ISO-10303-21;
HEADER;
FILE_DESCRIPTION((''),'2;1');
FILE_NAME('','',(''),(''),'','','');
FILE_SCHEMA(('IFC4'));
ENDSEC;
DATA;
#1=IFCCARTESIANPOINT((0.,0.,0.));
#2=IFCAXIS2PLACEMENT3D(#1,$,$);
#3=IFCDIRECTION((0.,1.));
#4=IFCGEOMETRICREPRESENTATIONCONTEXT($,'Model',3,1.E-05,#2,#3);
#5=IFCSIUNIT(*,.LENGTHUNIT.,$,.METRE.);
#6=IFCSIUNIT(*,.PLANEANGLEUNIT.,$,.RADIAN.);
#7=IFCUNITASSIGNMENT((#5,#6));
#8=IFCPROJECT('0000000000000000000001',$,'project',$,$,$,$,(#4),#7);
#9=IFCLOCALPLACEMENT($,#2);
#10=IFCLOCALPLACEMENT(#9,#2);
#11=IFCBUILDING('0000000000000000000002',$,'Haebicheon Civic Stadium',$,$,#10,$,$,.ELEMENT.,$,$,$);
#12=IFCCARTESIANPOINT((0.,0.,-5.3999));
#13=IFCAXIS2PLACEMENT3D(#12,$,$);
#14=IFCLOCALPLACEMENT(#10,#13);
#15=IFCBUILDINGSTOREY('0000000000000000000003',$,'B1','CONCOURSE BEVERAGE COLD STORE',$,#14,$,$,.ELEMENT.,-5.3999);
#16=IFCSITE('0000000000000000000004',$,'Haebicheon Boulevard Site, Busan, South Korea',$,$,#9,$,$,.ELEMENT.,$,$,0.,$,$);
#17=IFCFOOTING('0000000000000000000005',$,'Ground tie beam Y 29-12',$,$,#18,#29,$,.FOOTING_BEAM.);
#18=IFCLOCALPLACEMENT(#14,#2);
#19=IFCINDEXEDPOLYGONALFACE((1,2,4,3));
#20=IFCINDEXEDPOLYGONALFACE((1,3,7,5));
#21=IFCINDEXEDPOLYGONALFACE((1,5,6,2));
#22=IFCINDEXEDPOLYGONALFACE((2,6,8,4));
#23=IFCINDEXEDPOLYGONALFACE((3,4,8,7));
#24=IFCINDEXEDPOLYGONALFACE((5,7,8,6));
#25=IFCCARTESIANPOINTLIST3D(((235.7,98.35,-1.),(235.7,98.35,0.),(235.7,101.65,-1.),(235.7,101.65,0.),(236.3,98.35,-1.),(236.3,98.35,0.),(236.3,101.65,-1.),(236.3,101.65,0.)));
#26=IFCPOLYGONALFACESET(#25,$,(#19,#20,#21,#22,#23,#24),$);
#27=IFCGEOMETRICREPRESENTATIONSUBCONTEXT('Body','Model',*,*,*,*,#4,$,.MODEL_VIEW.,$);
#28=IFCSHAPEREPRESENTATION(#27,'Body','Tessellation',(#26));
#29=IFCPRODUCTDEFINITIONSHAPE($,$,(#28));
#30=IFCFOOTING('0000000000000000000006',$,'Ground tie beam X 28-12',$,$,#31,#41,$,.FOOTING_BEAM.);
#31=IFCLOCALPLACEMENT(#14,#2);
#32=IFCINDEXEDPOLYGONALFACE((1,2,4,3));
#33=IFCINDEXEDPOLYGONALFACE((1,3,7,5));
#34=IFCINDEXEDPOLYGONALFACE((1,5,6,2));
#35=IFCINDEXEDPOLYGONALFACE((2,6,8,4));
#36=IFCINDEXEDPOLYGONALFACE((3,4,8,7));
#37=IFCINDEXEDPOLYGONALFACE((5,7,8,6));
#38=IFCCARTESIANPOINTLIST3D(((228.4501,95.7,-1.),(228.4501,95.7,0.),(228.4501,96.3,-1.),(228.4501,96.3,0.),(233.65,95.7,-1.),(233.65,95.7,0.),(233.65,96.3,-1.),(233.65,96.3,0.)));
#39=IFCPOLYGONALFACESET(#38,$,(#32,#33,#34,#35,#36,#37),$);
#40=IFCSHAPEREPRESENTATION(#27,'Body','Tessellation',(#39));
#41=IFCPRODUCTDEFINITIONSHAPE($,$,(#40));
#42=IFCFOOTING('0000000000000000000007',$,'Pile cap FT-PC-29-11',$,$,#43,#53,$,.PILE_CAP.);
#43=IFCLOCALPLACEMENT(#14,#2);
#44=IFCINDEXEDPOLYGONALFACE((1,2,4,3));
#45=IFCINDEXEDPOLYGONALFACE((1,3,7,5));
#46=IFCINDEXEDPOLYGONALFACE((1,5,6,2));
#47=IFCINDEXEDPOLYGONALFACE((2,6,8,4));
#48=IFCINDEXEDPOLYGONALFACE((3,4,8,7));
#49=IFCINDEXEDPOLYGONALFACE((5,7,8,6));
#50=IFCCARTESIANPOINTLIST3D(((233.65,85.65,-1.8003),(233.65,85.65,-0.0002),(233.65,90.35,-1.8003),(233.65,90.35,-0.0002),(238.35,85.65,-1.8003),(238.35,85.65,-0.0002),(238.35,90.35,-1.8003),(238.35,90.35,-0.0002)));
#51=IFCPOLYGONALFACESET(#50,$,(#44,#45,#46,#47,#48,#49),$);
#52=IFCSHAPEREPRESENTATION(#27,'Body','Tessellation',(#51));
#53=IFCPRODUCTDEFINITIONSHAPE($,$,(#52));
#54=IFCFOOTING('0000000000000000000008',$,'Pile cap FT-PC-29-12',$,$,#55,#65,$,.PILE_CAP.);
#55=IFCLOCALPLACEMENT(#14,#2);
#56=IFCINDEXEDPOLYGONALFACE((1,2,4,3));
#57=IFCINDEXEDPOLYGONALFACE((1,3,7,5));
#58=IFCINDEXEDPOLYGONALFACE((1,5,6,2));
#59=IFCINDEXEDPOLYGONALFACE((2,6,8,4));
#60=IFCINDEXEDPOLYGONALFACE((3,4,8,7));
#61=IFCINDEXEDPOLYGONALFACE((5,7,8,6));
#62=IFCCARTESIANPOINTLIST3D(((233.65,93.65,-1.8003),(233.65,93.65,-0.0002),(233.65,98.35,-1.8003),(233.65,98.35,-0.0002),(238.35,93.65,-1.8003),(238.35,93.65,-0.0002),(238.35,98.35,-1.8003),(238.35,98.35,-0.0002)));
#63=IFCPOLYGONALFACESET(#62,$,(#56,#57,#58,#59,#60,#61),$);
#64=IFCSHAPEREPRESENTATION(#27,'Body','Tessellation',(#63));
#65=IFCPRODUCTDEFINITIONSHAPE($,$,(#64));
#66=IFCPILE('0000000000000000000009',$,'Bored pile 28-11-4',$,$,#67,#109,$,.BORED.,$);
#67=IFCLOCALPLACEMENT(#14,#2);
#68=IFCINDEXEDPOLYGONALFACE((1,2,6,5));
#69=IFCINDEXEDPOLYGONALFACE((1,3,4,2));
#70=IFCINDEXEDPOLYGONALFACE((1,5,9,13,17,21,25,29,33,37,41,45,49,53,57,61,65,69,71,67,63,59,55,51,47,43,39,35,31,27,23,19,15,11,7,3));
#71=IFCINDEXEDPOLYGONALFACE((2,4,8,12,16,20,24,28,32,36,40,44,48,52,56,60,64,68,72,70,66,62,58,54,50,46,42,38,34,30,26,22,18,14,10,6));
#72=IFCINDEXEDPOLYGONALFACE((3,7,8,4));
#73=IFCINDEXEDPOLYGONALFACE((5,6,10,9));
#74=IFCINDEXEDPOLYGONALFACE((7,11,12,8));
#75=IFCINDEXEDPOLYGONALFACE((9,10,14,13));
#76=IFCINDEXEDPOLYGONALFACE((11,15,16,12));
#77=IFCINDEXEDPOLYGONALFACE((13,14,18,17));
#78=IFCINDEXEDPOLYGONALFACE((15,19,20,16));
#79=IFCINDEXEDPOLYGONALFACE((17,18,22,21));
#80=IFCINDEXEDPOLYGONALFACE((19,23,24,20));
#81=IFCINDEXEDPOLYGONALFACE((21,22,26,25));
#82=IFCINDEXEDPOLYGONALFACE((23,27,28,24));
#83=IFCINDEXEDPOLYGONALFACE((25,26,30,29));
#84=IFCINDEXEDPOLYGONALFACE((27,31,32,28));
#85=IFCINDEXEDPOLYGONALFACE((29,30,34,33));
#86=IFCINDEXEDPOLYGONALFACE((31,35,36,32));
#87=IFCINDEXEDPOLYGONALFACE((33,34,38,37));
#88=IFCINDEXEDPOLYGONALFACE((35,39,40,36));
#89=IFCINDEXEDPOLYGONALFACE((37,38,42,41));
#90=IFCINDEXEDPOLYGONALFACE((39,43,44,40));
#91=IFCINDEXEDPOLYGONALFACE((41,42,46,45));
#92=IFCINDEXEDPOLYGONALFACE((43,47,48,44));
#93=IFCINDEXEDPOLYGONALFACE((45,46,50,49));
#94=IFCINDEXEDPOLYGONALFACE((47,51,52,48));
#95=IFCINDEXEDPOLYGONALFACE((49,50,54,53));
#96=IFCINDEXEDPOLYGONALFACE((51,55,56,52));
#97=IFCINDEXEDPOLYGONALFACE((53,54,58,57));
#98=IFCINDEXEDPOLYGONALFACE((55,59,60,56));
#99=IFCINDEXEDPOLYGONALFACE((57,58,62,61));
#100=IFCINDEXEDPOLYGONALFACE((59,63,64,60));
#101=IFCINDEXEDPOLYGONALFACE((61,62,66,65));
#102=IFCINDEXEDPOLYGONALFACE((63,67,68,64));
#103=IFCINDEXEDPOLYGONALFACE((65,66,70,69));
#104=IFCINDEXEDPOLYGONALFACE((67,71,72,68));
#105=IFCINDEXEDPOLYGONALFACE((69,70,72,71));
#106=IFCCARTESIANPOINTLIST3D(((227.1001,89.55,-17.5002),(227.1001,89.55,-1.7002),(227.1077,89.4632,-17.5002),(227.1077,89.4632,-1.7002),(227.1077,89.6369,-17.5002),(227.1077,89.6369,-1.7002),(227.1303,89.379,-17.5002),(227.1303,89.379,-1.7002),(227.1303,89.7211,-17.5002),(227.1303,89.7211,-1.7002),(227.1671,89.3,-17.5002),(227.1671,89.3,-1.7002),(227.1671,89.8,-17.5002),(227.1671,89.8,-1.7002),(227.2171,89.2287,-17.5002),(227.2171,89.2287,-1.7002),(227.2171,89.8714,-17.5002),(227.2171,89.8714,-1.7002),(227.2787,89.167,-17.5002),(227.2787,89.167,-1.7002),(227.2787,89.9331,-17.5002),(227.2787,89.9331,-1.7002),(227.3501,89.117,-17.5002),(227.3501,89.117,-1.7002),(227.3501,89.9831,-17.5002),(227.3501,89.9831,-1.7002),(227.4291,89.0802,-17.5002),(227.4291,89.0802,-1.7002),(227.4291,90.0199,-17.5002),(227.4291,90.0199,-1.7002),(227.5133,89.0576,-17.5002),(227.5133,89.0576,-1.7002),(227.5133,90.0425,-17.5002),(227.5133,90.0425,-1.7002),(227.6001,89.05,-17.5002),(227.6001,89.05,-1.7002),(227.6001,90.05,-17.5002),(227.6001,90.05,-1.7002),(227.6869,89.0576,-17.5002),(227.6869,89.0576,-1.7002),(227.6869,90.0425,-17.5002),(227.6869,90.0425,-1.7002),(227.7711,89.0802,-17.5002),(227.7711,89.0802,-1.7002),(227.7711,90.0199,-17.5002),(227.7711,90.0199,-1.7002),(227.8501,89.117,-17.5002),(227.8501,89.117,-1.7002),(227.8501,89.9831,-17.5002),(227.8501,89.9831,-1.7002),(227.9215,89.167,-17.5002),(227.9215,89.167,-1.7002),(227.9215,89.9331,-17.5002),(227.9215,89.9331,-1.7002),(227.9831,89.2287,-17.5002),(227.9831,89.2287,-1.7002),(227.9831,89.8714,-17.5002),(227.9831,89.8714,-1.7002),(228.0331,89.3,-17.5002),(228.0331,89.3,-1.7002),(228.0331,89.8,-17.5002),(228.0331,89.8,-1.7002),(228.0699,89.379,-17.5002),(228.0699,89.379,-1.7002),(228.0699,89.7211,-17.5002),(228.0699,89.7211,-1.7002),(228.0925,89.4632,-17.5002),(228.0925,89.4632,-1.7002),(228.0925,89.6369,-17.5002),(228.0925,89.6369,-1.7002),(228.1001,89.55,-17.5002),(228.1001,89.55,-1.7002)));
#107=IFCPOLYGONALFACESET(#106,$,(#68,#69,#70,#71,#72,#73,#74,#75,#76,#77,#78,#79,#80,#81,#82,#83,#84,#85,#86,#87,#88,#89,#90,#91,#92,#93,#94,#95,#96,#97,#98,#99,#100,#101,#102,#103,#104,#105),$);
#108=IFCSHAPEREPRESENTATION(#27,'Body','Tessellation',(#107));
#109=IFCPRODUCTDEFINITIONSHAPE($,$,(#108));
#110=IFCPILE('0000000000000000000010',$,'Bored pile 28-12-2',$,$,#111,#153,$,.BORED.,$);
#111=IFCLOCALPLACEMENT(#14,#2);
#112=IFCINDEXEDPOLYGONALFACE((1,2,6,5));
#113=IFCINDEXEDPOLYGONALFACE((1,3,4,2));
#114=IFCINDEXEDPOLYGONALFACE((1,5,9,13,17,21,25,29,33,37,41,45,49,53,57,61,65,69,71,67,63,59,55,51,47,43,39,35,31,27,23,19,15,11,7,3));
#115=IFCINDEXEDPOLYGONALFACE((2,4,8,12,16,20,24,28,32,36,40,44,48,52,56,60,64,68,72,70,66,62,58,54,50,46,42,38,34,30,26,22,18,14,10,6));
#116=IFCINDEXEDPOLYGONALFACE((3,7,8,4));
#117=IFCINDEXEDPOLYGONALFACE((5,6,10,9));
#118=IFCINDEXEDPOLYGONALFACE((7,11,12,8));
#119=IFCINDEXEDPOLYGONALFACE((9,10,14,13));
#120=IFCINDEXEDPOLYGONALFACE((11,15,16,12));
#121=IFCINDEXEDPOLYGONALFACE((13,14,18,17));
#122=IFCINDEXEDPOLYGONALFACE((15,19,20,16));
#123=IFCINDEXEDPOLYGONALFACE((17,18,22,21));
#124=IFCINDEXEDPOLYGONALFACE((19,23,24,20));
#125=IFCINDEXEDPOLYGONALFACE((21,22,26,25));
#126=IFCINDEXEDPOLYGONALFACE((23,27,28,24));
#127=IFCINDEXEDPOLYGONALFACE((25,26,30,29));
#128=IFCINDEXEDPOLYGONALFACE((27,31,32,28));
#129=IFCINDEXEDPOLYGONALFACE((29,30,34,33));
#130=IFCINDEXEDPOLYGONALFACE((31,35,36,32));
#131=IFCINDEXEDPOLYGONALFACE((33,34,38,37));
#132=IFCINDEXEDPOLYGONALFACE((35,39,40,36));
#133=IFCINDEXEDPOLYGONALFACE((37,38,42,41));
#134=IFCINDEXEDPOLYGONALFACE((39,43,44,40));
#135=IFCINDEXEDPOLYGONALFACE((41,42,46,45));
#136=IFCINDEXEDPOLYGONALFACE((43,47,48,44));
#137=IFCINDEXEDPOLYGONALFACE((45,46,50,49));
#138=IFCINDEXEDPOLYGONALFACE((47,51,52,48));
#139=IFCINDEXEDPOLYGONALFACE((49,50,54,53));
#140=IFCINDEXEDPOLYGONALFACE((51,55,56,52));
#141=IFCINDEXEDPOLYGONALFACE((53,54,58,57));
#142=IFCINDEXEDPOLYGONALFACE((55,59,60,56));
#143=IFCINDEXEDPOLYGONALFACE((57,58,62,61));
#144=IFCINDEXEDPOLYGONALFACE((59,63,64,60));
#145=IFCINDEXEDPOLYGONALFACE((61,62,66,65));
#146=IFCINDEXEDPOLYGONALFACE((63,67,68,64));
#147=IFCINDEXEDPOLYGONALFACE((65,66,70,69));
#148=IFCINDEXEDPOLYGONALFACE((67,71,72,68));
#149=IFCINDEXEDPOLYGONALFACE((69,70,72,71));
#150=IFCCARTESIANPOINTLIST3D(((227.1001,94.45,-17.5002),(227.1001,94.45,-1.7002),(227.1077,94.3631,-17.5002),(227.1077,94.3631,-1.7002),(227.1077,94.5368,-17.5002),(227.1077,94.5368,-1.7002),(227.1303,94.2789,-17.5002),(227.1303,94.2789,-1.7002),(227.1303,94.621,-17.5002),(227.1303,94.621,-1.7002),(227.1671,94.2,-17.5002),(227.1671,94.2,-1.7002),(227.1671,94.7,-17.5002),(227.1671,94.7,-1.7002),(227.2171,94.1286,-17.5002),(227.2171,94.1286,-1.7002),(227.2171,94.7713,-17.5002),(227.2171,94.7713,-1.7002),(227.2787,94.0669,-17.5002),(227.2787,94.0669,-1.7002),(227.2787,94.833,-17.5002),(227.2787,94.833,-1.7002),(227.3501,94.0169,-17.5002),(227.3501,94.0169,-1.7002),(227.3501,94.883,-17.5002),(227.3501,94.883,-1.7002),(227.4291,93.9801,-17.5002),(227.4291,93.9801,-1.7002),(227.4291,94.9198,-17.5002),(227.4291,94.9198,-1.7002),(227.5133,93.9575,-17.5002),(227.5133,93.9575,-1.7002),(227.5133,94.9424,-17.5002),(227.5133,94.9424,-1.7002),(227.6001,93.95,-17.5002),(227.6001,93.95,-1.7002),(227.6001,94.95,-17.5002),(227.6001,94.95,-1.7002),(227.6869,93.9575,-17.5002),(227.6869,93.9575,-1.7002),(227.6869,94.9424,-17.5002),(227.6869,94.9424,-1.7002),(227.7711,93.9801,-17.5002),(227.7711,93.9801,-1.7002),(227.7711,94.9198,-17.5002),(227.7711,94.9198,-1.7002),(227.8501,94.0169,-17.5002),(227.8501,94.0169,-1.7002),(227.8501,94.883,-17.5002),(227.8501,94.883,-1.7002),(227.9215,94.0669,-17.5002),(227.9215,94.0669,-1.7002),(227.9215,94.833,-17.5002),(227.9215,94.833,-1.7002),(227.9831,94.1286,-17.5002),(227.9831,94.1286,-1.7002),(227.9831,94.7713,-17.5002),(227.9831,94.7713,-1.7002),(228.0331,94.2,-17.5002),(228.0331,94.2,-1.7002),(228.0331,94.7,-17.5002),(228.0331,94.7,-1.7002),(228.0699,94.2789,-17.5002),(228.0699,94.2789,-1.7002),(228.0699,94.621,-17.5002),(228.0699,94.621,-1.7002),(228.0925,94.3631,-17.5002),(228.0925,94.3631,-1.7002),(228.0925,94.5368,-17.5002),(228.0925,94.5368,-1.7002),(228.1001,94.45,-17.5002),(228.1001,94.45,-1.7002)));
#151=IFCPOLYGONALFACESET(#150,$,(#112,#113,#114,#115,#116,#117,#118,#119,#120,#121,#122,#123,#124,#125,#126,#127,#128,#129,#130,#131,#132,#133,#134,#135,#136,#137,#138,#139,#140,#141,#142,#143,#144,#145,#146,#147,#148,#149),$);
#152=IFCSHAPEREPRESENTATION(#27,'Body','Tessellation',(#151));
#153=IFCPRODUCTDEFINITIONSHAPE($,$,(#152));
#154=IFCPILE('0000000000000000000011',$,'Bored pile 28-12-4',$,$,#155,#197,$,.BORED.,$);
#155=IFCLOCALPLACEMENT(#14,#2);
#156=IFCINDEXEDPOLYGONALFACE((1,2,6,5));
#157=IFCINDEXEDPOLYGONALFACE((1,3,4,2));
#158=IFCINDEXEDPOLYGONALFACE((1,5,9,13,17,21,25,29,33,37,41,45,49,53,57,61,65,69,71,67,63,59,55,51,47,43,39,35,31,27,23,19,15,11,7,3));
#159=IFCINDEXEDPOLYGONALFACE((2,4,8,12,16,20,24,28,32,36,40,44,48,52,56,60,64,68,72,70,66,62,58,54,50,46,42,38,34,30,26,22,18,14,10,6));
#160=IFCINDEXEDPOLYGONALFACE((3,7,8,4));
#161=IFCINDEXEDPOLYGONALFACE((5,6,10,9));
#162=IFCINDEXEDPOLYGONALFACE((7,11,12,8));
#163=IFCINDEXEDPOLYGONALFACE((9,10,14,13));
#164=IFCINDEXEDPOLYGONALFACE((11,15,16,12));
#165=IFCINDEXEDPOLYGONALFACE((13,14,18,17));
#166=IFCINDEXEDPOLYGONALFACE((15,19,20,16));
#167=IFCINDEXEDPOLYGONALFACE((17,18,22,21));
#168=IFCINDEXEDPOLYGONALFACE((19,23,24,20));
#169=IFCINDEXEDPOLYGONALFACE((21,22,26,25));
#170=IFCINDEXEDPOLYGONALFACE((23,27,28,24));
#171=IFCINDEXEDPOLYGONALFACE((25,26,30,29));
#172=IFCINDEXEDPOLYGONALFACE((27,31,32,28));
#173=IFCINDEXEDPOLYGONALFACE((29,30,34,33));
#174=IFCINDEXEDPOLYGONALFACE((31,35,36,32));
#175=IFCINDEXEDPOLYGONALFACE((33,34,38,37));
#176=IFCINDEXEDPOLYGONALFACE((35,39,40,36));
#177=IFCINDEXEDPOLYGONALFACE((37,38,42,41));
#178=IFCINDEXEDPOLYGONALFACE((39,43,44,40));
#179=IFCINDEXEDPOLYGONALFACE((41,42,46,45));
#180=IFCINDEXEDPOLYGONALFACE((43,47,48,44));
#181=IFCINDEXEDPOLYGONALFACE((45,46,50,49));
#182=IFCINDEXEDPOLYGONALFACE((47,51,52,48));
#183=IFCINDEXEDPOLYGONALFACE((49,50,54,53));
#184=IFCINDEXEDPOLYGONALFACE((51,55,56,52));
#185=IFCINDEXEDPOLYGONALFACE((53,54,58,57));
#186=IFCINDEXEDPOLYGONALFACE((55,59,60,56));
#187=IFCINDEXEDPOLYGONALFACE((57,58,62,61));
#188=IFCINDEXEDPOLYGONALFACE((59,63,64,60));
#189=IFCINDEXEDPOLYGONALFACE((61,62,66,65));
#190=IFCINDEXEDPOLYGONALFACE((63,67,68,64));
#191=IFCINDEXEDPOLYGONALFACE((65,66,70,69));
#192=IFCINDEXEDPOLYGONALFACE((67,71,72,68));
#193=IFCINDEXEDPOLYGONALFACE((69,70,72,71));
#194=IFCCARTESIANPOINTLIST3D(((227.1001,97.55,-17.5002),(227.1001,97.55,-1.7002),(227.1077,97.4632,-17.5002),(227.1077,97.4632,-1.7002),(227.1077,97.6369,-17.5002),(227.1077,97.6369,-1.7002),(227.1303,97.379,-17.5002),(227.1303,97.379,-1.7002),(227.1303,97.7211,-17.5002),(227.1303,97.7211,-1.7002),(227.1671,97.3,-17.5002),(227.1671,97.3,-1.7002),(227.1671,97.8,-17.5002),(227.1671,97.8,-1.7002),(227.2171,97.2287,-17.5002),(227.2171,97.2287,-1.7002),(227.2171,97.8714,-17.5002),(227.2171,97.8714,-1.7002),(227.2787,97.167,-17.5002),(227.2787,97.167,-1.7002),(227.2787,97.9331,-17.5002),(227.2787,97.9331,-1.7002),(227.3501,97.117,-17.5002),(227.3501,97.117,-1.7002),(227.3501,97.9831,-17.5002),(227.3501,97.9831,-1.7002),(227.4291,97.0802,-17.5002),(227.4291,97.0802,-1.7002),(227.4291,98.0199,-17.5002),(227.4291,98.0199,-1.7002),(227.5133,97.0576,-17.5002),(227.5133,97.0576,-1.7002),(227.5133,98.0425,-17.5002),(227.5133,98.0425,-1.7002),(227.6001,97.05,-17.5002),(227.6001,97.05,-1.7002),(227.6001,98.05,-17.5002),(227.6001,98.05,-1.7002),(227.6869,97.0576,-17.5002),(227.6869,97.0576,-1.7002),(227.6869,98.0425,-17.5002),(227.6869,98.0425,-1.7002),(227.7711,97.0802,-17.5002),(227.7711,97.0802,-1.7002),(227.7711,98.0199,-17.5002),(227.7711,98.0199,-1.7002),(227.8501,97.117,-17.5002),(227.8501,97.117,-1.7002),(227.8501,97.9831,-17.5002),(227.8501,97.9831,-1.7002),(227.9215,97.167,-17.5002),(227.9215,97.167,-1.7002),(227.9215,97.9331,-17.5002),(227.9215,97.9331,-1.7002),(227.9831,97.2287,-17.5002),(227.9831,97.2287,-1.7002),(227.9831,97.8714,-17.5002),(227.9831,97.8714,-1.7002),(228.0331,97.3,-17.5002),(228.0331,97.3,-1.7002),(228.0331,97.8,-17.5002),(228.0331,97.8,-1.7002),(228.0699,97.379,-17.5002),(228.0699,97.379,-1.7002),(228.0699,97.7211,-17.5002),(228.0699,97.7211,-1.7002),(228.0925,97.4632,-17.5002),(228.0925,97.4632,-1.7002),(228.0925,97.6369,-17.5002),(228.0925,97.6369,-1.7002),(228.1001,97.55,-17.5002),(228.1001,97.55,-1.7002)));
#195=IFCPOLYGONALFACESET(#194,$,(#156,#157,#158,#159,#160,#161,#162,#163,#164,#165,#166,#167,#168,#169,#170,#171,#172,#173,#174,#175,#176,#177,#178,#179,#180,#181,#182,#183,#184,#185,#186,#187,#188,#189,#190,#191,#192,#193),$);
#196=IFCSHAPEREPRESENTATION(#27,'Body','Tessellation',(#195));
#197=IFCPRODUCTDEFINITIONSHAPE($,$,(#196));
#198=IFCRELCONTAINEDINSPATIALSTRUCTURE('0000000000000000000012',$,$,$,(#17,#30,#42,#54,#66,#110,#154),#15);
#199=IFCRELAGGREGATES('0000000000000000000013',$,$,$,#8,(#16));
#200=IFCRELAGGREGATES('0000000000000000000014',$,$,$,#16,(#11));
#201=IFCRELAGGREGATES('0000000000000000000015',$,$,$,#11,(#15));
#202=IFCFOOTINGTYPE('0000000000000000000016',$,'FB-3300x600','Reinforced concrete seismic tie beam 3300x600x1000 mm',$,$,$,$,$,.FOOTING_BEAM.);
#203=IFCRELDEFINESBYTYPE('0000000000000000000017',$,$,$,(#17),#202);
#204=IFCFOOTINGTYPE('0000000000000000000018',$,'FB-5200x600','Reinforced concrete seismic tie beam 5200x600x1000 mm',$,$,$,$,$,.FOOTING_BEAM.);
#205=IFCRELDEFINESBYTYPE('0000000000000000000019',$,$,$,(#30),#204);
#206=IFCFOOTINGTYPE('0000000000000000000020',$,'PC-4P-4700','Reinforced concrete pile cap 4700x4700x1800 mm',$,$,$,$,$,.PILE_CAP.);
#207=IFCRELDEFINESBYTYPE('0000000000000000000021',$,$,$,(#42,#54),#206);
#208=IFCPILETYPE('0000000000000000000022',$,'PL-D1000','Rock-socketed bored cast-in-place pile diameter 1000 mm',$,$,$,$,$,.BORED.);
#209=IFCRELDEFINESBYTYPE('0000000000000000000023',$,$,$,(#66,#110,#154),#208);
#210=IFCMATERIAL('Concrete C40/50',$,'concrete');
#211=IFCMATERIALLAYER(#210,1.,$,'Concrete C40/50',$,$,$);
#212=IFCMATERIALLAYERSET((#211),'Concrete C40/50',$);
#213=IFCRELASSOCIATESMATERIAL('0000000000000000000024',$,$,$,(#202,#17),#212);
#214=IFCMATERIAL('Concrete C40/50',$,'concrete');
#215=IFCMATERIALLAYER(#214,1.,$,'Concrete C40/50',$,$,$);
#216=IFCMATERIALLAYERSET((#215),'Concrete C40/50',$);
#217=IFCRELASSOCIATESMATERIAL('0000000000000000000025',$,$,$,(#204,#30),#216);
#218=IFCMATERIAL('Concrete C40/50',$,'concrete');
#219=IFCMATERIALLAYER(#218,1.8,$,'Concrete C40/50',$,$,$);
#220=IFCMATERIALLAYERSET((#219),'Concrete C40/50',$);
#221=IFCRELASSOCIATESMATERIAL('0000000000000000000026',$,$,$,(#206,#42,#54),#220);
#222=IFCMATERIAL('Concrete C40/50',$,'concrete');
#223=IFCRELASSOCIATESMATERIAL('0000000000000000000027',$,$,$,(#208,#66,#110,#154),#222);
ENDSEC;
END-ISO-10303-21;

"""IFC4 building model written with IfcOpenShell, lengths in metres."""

from ifc_helpers import new_model, si_unit, direction, frame, origin, origin_2d, place, context, subcontext, project, spatial, rectangle, circle, extrude, material, layer, layer_set, material_profile, profile_set, type_object, element, save


model = new_model("IFC4")

# Units and contexts
model_context = context("Model", 3, precision=1e-05, world=origin(), true_north=direction((0.0, 1.0)))
body_context = subcontext(model_context, "Body", "Model", "MODEL_VIEW")
ifc_project = project(units=[si_unit("LENGTHUNIT", "METRE"), si_unit("PLANEANGLEUNIT", "RADIAN")], contexts=[model_context])

# Site, building, storey
site_placement = place(None, origin())
site = spatial("IfcSite", under=ifc_project, at=site_placement, Name="Haebicheon Boulevard Site, Busan, South Korea", CompositionType="ELEMENT", RefElevation=0.0)
building_placement = place(site_placement, origin())
building = spatial("IfcBuilding", under=site, at=building_placement, Name="Haebicheon Civic Stadium", CompositionType="ELEMENT")
storey_placement = place(building_placement, frame((0.0, 0.0, -5.3999)))
storey = spatial("IfcBuildingStorey", under=building, at=storey_placement, Name="B1", Description="CONCOURSE BEVERAGE COLD STORE", CompositionType="ELEMENT", Elevation=-5.3999)

# Footings
ifc_material_1 = material(Name="Concrete C40/50", Category="concrete")
ifc_layer_1 = layer(ifc_material_1, 1.0, Name="Concrete C40/50")
ifc_layer_set_1 = layer_set([ifc_layer_1], Name="Concrete C40/50")
footing_type_1 = type_object("IfcFootingType", Name="FB-3300x600", Description="Reinforced concrete seismic tie beam 3300x600x1000 mm", PredefinedType="FOOTING_BEAM", material=ifc_layer_set_1)
footing_1_placement = place(storey_placement, frame((236.0, 100.0, -1.0), z_axis=(0.0, 0.0, 1.0), x_axis=(0.0, 1.0, 0.0)))
element("IfcFooting", 1, at=footing_1_placement, inside=storey, type_object=footing_type_1, material=ifc_layer_set_1, Name="Ground tie beam Y 29-12", PredefinedType="FOOTING_BEAM", context=body_context, shape_type="SweptSolid", body=[
    extrude(rectangle(XDim=3.3, YDim=0.6001, at=origin_2d()), origin(), (0.0, 0.0, 1.0), 1.0),
])
ifc_material_2 = material(Name="Concrete C40/50", Category="concrete")
ifc_layer_2 = layer(ifc_material_2, 1.0, Name="Concrete C40/50")
ifc_layer_set_2 = layer_set([ifc_layer_2], Name="Concrete C40/50")
footing_type_2 = type_object("IfcFootingType", Name="FB-5200x600", Description="Reinforced concrete seismic tie beam 5200x600x1000 mm", PredefinedType="FOOTING_BEAM", material=ifc_layer_set_2)
footing_2_placement = place(storey_placement, frame((231.05, 96.0, -1.0), z_axis=(0.0, 0.0, 1.0), x_axis=(1.0, 0.0, 0.0)))
element("IfcFooting", 2, at=footing_2_placement, inside=storey, type_object=footing_type_2, material=ifc_layer_set_2, Name="Ground tie beam X 28-12", PredefinedType="FOOTING_BEAM", context=body_context, shape_type="SweptSolid", body=[
    extrude(rectangle(XDim=5.2, YDim=0.6001, at=origin_2d()), origin(), (0.0, 0.0, 1.0), 1.0),
])
ifc_material_3 = material(Name="Concrete C40/50", Category="concrete")
ifc_layer_3 = layer(ifc_material_3, 1.8, Name="Concrete C40/50")
ifc_layer_set_3 = layer_set([ifc_layer_3], Name="Concrete C40/50")
footing_type_3 = type_object("IfcFootingType", Name="PC-4P-4700", Description="Reinforced concrete pile cap 4700x4700x1800 mm", PredefinedType="PILE_CAP", material=ifc_layer_set_3)
for number, where, z_axis, x_axis, name in (
    (3, (236.0, 88.0, -1.8003), (0.0, 0.0, 1.0), (1.0, 0.0, 0.0), "Pile cap FT-PC-29-11"),
    (4, (236.0, 96.0, -1.8003), (0.0, 0.0, 1.0), (1.0, 0.0, 0.0), "Pile cap FT-PC-29-12"),
):
    element("IfcFooting", number, at=place(storey_placement, frame(where, z_axis=z_axis, x_axis=x_axis)), inside=storey, type_object=footing_type_3, material=ifc_layer_set_3, Name=name, PredefinedType="PILE_CAP", context=body_context, shape_type="SweptSolid", body=[
        extrude(rectangle(XDim=4.7, YDim=4.7, at=origin_2d()), origin(), (0.0, 0.0, 1.0), 1.8),
    ])

# Piles
ifc_material_4 = material(Name="Concrete C40/50", Category="concrete")
ifc_material_profile_1 = material_profile(ifc_material_4, circle(Radius=0.5, at=origin_2d()), Name="PILE-D1000")
ifc_profile_set_1 = profile_set([ifc_material_profile_1], Name="Concrete C40/50")
pile_type = type_object("IfcPileType", Name="PL-D1000", Description="Rock-socketed bored cast-in-place pile diameter 1000 mm", PredefinedType="BORED", material=ifc_profile_set_1)
for number, where, z_axis, x_axis, name in (
    (5, (227.6001, 89.55, -1.7002), (0.0, 0.0, -1.0), (1.0, 0.0, 0.0), "Bored pile 28-11-4"),
    (6, (227.6001, 94.45, -1.7002), (0.0, 0.0, -1.0), (1.0, 0.0, 0.0), "Bored pile 28-12-2"),
    (7, (227.6001, 97.55, -1.7002), (0.0, 0.0, -1.0), (1.0, 0.0, 0.0), "Bored pile 28-12-4"),
):
    element("IfcPile", number, at=place(storey_placement, frame(where, z_axis=z_axis, x_axis=x_axis)), inside=storey, type_object=pile_type, material=ifc_profile_set_1, Name=name, PredefinedType="BORED", context=body_context, shape_type="SweptSolid", body=[
        extrude(circle(Radius=0.5, at=origin_2d()), origin(), (0.0, 0.0, 1.0), 15.8),
    ])

save(model, "model.ifc")
